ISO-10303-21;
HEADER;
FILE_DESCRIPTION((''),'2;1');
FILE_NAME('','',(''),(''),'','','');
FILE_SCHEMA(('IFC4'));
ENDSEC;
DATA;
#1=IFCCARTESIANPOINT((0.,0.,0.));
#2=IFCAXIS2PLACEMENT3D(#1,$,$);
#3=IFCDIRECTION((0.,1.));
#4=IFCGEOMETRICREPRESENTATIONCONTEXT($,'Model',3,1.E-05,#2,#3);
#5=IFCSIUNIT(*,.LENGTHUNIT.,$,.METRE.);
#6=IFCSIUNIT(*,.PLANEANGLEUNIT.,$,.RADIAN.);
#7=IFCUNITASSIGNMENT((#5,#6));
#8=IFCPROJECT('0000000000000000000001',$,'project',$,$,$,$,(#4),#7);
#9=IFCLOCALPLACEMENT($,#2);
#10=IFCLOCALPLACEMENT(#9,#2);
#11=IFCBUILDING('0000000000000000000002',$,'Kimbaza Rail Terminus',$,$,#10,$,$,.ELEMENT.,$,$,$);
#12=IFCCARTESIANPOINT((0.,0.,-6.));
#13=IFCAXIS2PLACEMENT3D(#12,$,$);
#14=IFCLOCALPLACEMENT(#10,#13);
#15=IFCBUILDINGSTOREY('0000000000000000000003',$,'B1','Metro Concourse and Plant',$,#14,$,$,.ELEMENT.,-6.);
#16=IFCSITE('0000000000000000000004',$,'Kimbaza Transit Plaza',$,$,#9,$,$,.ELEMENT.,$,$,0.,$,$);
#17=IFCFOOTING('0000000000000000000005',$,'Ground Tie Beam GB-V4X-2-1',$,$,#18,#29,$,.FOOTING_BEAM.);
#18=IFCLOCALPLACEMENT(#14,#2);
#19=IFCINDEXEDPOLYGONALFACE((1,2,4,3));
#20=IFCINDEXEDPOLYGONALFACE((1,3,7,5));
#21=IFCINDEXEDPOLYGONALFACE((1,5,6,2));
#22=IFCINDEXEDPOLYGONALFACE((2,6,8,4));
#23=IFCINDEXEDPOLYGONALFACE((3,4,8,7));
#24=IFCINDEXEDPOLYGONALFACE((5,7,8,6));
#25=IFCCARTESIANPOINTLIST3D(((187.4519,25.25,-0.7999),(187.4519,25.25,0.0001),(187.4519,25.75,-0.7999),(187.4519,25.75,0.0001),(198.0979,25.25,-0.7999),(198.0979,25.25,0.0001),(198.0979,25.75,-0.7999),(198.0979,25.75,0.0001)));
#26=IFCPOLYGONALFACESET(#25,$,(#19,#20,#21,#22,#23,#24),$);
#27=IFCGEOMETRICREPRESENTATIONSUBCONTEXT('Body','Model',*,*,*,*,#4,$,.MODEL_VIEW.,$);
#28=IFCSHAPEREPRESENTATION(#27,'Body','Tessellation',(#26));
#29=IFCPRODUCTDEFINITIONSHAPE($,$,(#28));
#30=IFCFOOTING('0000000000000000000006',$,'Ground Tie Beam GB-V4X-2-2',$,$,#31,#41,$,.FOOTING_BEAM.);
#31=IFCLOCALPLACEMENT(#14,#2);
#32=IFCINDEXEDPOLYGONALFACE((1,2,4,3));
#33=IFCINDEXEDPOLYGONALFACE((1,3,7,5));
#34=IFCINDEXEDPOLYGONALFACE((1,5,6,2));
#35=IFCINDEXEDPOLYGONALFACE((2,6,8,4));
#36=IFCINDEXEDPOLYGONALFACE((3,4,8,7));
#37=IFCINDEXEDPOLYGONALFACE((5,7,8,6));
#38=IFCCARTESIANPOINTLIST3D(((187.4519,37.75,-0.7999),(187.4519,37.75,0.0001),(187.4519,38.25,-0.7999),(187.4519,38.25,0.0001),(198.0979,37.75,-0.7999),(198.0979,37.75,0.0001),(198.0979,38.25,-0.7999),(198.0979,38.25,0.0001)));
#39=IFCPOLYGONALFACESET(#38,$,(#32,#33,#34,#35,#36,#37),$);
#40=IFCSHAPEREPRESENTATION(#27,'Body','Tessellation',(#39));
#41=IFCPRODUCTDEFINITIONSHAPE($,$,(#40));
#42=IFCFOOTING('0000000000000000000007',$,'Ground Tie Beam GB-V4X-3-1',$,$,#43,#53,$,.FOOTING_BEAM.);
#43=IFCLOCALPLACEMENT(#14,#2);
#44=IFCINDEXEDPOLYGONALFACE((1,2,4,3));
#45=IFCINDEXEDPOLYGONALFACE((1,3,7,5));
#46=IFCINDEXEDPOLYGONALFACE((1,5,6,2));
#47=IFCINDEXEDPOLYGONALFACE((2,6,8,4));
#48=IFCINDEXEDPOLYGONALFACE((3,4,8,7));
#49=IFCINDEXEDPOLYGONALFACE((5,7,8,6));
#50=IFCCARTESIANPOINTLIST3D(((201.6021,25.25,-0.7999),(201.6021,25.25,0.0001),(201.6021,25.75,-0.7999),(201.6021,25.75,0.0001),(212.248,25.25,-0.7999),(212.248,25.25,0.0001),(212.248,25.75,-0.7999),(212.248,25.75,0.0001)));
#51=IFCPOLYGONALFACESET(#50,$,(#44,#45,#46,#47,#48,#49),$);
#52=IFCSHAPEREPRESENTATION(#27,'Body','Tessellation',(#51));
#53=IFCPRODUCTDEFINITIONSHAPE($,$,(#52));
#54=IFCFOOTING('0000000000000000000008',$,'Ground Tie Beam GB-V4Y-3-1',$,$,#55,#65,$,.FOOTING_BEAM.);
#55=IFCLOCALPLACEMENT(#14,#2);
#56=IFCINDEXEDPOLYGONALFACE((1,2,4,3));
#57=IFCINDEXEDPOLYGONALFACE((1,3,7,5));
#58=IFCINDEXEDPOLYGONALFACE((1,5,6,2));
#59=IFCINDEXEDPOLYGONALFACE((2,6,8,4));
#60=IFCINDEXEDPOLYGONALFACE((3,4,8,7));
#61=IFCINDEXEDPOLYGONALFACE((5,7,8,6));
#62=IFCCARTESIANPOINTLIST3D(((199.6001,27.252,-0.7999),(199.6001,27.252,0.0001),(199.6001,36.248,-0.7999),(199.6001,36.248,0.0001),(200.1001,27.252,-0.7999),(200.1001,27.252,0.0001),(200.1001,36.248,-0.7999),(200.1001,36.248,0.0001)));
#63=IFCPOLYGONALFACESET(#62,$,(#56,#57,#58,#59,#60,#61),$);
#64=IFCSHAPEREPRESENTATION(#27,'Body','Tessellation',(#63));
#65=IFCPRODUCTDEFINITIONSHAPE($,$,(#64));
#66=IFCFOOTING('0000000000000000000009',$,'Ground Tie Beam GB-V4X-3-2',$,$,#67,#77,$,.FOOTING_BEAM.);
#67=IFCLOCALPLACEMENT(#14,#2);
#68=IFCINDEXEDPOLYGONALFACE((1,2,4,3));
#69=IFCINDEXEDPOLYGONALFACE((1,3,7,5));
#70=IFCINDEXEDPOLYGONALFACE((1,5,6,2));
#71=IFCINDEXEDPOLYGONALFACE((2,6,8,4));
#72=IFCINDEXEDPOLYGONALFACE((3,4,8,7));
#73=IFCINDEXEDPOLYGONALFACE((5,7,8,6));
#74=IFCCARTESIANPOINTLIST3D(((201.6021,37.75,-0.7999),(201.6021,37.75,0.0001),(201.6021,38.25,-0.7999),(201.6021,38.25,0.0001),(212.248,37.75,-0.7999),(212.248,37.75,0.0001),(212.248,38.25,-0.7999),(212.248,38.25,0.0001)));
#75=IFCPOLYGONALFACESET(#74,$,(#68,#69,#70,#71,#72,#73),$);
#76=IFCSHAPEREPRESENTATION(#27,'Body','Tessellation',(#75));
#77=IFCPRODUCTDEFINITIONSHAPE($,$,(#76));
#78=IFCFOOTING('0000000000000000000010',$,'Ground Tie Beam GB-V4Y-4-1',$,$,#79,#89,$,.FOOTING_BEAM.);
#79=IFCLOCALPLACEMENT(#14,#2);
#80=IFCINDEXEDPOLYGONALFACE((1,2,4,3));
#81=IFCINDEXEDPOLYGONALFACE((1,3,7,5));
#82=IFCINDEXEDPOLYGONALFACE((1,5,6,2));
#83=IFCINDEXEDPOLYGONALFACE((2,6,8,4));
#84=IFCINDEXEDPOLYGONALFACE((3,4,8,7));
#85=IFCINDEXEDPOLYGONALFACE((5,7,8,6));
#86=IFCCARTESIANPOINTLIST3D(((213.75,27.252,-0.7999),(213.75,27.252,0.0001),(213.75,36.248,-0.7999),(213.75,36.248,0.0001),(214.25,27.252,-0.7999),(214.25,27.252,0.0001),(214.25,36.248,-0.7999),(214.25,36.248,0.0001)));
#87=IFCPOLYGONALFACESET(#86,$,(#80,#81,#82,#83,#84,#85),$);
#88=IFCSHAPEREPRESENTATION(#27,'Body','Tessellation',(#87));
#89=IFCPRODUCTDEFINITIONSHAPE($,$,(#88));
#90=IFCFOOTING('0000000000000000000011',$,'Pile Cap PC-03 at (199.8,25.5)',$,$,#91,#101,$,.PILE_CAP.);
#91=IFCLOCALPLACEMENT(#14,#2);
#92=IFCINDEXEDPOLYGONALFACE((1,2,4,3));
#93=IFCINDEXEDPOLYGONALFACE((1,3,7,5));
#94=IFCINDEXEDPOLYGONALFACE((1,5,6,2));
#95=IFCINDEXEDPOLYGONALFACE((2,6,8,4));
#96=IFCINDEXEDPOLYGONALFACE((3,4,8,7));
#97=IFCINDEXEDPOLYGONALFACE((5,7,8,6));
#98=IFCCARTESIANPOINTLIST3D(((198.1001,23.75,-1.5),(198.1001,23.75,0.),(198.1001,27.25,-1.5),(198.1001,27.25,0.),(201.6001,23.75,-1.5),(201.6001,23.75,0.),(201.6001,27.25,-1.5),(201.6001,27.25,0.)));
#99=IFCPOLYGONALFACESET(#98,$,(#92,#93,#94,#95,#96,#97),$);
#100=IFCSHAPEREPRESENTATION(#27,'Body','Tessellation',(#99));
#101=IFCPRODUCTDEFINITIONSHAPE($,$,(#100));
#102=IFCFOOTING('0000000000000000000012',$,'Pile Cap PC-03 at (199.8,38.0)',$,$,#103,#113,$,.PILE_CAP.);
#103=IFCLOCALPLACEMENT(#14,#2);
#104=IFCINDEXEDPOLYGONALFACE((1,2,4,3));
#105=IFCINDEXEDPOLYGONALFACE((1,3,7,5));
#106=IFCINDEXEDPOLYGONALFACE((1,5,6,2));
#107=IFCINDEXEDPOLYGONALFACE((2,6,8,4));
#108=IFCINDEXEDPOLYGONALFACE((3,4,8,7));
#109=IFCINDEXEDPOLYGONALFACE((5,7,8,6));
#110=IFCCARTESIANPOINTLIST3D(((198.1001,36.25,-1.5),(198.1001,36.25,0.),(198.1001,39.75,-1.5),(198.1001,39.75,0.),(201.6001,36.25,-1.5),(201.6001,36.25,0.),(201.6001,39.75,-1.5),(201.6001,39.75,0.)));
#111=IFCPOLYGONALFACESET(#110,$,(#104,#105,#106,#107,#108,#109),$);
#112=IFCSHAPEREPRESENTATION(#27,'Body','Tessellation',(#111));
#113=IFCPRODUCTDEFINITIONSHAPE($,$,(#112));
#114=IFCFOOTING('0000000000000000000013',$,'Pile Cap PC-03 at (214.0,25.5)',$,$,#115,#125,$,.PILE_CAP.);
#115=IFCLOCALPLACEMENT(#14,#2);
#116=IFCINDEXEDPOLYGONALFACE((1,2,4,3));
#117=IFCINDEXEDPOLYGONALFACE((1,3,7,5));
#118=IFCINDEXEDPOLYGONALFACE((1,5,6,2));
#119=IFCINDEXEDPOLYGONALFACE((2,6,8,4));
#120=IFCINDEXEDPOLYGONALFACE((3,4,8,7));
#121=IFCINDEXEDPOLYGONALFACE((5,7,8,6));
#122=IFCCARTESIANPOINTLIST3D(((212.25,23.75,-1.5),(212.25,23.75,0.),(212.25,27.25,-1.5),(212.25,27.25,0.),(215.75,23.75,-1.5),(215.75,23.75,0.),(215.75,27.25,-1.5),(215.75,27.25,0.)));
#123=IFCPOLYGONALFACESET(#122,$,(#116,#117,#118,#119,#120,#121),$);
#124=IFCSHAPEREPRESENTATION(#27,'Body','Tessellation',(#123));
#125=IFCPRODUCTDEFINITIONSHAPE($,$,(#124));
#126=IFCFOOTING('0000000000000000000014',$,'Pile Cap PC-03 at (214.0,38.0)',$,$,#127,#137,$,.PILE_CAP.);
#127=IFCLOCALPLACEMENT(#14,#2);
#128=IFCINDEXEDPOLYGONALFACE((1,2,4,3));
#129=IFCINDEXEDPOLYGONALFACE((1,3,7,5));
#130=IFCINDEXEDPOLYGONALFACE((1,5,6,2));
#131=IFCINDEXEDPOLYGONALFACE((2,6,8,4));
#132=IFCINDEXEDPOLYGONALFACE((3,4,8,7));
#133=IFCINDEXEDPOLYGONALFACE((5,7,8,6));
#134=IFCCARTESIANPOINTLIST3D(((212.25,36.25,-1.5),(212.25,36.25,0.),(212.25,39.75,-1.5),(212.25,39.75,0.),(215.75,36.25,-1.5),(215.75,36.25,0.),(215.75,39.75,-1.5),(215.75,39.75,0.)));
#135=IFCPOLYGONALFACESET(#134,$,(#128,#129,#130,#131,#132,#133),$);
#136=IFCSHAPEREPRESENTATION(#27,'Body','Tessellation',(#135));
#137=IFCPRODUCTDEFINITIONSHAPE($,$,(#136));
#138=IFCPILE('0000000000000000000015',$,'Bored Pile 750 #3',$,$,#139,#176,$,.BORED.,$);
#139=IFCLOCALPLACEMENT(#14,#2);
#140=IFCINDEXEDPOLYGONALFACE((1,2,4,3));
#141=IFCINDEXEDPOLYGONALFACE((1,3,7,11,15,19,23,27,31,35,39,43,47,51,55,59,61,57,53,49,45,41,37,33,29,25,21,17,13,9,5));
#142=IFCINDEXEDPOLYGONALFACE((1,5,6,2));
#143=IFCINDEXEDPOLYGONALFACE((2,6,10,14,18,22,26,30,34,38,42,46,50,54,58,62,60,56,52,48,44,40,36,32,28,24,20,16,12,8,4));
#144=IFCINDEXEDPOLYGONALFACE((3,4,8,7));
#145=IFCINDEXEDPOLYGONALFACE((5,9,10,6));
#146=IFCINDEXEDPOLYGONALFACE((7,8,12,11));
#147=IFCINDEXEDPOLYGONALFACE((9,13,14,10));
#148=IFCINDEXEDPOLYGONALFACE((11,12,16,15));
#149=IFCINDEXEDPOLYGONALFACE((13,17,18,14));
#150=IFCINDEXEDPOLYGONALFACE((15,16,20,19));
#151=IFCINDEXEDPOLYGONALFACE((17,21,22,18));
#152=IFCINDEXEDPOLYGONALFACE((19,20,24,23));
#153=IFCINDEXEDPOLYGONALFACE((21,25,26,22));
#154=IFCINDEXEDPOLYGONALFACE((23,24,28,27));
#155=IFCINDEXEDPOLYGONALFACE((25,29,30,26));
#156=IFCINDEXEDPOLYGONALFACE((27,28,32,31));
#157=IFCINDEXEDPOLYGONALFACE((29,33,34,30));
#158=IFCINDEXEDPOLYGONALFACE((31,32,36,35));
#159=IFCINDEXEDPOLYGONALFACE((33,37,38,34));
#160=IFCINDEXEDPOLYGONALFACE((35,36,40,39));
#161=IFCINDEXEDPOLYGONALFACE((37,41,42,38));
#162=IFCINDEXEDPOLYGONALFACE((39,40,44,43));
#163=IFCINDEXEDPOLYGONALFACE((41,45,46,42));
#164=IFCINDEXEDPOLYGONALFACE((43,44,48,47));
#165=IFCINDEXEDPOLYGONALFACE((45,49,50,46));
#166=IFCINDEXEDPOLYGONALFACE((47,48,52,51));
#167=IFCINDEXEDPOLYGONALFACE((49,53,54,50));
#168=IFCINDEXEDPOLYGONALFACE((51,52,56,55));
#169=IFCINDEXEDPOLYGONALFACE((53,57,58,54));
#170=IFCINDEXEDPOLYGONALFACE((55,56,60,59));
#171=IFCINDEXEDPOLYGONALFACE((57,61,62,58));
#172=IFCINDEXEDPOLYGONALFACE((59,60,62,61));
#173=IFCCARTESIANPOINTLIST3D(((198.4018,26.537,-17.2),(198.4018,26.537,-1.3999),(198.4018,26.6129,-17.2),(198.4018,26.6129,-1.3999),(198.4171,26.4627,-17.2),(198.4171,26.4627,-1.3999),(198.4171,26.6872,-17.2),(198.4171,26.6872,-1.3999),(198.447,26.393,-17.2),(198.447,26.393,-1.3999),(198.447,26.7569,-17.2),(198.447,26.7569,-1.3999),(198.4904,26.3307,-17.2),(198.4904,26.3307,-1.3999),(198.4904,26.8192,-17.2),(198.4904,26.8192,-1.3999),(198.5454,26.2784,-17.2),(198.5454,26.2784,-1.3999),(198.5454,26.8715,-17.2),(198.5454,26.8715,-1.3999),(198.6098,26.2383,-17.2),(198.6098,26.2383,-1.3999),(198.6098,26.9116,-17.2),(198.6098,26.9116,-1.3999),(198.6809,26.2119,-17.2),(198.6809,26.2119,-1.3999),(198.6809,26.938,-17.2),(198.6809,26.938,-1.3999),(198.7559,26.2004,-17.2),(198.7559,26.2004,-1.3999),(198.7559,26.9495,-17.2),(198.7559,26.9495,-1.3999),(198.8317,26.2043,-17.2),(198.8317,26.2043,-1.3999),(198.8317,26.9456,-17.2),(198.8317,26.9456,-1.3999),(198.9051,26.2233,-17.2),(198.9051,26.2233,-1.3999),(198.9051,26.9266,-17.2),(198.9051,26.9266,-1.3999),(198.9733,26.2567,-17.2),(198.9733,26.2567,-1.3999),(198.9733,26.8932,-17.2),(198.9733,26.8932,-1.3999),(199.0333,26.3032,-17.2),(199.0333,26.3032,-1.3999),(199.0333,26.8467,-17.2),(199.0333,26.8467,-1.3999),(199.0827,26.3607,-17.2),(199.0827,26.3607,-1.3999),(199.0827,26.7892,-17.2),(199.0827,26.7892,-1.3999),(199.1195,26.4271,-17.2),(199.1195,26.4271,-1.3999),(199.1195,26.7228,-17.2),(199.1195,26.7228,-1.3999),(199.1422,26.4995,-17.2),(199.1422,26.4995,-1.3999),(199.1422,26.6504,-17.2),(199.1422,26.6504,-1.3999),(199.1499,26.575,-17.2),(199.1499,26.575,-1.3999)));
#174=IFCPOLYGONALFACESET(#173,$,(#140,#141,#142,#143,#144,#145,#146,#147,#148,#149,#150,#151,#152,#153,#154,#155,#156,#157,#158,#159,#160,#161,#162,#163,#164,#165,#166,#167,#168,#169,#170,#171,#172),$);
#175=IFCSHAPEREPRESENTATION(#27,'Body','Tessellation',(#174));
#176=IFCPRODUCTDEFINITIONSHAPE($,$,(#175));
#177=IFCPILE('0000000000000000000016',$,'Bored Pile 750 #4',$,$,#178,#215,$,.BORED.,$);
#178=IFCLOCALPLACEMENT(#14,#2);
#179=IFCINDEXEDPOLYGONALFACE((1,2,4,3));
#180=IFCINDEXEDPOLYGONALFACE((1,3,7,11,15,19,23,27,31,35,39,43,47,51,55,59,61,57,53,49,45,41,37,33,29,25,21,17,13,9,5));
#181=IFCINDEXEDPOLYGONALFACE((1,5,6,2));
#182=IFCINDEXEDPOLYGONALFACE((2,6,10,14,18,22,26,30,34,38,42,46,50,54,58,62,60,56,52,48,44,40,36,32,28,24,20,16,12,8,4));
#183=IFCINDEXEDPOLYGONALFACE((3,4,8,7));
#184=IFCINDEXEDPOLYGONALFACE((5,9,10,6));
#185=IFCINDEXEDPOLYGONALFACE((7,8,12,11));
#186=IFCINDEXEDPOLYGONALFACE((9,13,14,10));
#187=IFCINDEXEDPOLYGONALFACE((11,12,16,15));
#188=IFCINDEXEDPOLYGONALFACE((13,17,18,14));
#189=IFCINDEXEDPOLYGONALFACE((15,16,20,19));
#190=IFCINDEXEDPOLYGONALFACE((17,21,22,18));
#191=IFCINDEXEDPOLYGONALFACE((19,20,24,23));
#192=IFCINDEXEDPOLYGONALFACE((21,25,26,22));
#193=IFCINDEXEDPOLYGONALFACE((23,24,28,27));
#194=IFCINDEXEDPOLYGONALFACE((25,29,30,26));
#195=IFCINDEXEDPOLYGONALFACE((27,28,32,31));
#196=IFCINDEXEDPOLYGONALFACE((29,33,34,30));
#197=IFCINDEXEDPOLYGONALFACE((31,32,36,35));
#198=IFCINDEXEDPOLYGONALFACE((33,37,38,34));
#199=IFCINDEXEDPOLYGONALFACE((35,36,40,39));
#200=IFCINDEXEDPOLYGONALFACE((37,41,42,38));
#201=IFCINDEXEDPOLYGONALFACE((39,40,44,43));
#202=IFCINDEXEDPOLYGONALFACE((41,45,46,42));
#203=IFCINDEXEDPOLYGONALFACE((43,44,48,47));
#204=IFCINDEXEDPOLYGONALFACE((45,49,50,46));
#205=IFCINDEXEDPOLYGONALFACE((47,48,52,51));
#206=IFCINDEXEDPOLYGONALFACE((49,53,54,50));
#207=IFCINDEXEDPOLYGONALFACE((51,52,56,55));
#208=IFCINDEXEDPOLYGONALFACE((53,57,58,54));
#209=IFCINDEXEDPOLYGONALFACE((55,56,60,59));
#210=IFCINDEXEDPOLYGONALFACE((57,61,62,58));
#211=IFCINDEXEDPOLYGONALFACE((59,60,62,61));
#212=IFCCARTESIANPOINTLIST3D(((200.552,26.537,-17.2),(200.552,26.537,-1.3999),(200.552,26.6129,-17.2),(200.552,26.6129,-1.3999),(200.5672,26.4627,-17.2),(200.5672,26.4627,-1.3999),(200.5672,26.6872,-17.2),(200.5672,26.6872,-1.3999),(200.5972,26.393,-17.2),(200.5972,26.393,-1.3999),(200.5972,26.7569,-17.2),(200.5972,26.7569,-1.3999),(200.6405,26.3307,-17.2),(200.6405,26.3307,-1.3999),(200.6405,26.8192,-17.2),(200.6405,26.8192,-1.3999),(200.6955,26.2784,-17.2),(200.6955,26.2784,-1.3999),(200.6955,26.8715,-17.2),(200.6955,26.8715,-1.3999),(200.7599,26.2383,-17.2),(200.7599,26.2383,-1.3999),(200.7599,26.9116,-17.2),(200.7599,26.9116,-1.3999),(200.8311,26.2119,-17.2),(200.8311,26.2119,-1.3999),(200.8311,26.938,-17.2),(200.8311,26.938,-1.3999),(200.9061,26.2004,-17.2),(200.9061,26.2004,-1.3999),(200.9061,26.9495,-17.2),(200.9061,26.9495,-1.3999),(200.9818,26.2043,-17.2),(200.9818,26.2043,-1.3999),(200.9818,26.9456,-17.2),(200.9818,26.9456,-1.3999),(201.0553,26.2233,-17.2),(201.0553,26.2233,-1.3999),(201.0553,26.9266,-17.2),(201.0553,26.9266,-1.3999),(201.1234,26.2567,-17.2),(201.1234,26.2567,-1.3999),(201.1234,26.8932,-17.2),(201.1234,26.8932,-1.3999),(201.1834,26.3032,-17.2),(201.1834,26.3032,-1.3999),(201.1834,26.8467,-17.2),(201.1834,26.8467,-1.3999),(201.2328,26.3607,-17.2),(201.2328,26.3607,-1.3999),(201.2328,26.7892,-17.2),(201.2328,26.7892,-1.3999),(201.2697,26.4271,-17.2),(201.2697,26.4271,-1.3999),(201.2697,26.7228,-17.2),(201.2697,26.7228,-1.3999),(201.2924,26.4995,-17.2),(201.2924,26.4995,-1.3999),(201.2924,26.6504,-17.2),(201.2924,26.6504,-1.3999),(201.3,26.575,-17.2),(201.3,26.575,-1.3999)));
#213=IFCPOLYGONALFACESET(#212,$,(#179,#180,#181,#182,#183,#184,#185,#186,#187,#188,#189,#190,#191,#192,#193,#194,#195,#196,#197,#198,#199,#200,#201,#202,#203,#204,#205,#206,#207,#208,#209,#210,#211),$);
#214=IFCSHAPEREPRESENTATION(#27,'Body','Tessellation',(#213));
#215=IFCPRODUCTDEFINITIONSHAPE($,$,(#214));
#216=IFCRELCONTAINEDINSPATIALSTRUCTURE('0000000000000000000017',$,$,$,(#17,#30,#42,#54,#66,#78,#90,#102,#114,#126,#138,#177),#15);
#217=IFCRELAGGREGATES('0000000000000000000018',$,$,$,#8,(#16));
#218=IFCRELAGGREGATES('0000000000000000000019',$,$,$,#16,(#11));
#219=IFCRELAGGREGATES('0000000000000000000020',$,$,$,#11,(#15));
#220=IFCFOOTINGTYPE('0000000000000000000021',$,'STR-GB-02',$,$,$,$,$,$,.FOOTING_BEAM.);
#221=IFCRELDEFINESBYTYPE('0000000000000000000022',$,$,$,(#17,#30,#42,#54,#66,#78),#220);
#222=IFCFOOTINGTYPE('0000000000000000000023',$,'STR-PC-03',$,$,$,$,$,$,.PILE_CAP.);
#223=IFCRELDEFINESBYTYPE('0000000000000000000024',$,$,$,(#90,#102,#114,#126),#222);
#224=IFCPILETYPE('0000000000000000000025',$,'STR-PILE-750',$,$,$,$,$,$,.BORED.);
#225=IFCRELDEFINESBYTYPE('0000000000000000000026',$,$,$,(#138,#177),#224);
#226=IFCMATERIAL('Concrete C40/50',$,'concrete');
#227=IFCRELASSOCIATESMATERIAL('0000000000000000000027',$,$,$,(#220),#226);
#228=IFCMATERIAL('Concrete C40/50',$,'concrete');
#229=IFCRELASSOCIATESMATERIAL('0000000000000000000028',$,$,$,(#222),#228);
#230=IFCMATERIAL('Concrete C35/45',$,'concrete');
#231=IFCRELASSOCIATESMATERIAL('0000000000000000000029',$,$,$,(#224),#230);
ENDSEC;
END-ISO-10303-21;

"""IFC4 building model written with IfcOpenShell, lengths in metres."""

from ifc_helpers import new_model, si_unit, direction, frame, origin, origin_2d, place, context, subcontext, project, spatial, rectangle, circle, extrude, material, material_profile, profile_set, type_object, element, save


model = new_model("IFC4")

# Units and contexts
model_context = context("Model", 3, precision=1e-05, world=origin(), true_north=direction((0.0, 1.0)))
body_context = subcontext(model_context, "Body", "Model", "MODEL_VIEW")
ifc_project = project(units=[si_unit("LENGTHUNIT", "METRE"), si_unit("PLANEANGLEUNIT", "RADIAN")], contexts=[model_context])

# Site, building, storey
site_placement = place(None, origin())
site = spatial("IfcSite", under=ifc_project, at=site_placement, Name="Kimbaza Transit Plaza", CompositionType="ELEMENT", RefElevation=0.0)
building_placement = place(site_placement, origin())
building = spatial("IfcBuilding", under=site, at=building_placement, Name="Kimbaza Rail Terminus", CompositionType="ELEMENT")
storey_placement = place(building_placement, frame((0.0, 0.0, -6.0)))
storey = spatial("IfcBuildingStorey", under=building, at=storey_placement, Name="B1", Description="Metro Concourse and Plant", CompositionType="ELEMENT", Elevation=-6.0)

# Footings
ifc_material_1 = material(Name="Concrete C40/50", Category="concrete")
ifc_material_profile_1 = material_profile(ifc_material_1, rectangle(XDim=0.5, YDim=0.8, at=origin_2d()), Name="GB-02 500x800")
ifc_profile_set_1 = profile_set([ifc_material_profile_1], Name="Concrete C40/50")
footing_type_1 = type_object("IfcFootingType", Name="STR-GB-02", PredefinedType="FOOTING_BEAM", material=ifc_profile_set_1)
for number, where, z_axis, x_axis, name in (
    (1, (187.4519, 25.5, -0.3999), (1.0, 0.0, 0.0), (0.0, 1.0, 0.0), "Ground Tie Beam GB-V4X-2-1"),
    (2, (187.4519, 38.0, -0.3999), (1.0, 0.0, 0.0), (0.0, 1.0, 0.0), "Ground Tie Beam GB-V4X-2-2"),
    (3, (201.6021, 25.5, -0.3999), (1.0, 0.0, 0.0), (0.0, 1.0, 0.0), "Ground Tie Beam GB-V4X-3-1"),
):
    element("IfcFooting", number, at=place(storey_placement, frame(where, z_axis=z_axis, x_axis=x_axis)), inside=storey, type_object=footing_type_1, Name=name, PredefinedType="FOOTING_BEAM", context=body_context, shape_type="SweptSolid", body=[
        extrude(rectangle(XDim=0.5, YDim=0.8, at=origin_2d()), origin(), (0.0, 0.0, 1.0), 10.646),
    ])
footing_1_placement = place(storey_placement, frame((199.8501, 27.252, -0.3999), z_axis=(0.0, 1.0, 0.0), x_axis=(-1.0, 0.0, 0.0)))
element("IfcFooting", 4, at=footing_1_placement, inside=storey, type_object=footing_type_1, Name="Ground Tie Beam GB-V4Y-3-1", PredefinedType="FOOTING_BEAM", context=body_context, shape_type="SweptSolid", body=[
    extrude(rectangle(XDim=0.5, YDim=0.8, at=origin_2d()), origin(), (0.0, 0.0, 1.0), 8.9961),
])
footing_2_placement = place(storey_placement, frame((201.6021, 38.0, -0.3999), z_axis=(1.0, 0.0, 0.0), x_axis=(0.0, 1.0, 0.0)))
element("IfcFooting", 5, at=footing_2_placement, inside=storey, type_object=footing_type_1, Name="Ground Tie Beam GB-V4X-3-2", PredefinedType="FOOTING_BEAM", context=body_context, shape_type="SweptSolid", body=[
    extrude(rectangle(XDim=0.5, YDim=0.8, at=origin_2d()), origin(), (0.0, 0.0, 1.0), 10.646),
])
footing_3_placement = place(storey_placement, frame((214.0, 27.252, -0.3999), z_axis=(0.0, 1.0, 0.0), x_axis=(-1.0, 0.0, 0.0)))
element("IfcFooting", 6, at=footing_3_placement, inside=storey, type_object=footing_type_1, Name="Ground Tie Beam GB-V4Y-4-1", PredefinedType="FOOTING_BEAM", context=body_context, shape_type="SweptSolid", body=[
    extrude(rectangle(XDim=0.5, YDim=0.8, at=origin_2d()), origin(), (0.0, 0.0, 1.0), 8.9961),
])
ifc_material_2 = material(Name="Concrete C40/50", Category="concrete")
footing_type_2 = type_object("IfcFootingType", Name="STR-PC-03", PredefinedType="PILE_CAP", material=ifc_material_2)
for number, where, z_axis, x_axis, name in (
    (7, (199.8501, 25.5, -1.5), (0.0, 0.0, 1.0), (1.0, 0.0, 0.0), "Pile Cap PC-03 at (199.8,25.5)"),
    (8, (199.8501, 38.0, -1.5), (0.0, 0.0, 1.0), (1.0, 0.0, 0.0), "Pile Cap PC-03 at (199.8,38.0)"),
    (9, (214.0, 25.5, -1.5), (0.0, 0.0, 1.0), (1.0, 0.0, 0.0), "Pile Cap PC-03 at (214.0,25.5)"),
    (10, (214.0, 38.0, -1.5), (0.0, 0.0, 1.0), (1.0, 0.0, 0.0), "Pile Cap PC-03 at (214.0,38.0)"),
):
    element("IfcFooting", number, at=place(storey_placement, frame(where, z_axis=z_axis, x_axis=x_axis)), inside=storey, type_object=footing_type_2, Name=name, PredefinedType="PILE_CAP", context=body_context, shape_type="SweptSolid", body=[
        extrude(rectangle(XDim=3.5, YDim=3.5, at=origin_2d()), origin(), (0.0, 0.0, 1.0), 1.5),
    ])

# Piles
ifc_material_3 = material(Name="Concrete C35/45", Category="concrete")
ifc_material_profile_2 = material_profile(ifc_material_3, circle(Radius=0.375, at=origin_2d()), Name="BORED PILE 750")
ifc_profile_set_2 = profile_set([ifc_material_profile_2], Name="Concrete C35/45")
pile_type = type_object("IfcPileType", Name="STR-PILE-750", PredefinedType="BORED", material=ifc_profile_set_2)
for number, where, z_axis, x_axis, name in (
    (11, (198.7749, 26.575, -1.3999), (0.0, 0.0, -1.0), (1.0, 0.0, 0.0), "Bored Pile 750 #3"),
    (12, (200.925, 26.575, -1.3999), (0.0, 0.0, -1.0), (1.0, 0.0, 0.0), "Bored Pile 750 #4"),
):
    element("IfcPile", number, at=place(storey_placement, frame(where, z_axis=z_axis, x_axis=x_axis)), inside=storey, type_object=pile_type, Name=name, PredefinedType="BORED", context=body_context, shape_type="SweptSolid", body=[
        extrude(circle(Radius=0.375, at=origin_2d()), origin(), (0.0, 0.0, 1.0), 15.8),
    ])

save(model, "model.ifc")
